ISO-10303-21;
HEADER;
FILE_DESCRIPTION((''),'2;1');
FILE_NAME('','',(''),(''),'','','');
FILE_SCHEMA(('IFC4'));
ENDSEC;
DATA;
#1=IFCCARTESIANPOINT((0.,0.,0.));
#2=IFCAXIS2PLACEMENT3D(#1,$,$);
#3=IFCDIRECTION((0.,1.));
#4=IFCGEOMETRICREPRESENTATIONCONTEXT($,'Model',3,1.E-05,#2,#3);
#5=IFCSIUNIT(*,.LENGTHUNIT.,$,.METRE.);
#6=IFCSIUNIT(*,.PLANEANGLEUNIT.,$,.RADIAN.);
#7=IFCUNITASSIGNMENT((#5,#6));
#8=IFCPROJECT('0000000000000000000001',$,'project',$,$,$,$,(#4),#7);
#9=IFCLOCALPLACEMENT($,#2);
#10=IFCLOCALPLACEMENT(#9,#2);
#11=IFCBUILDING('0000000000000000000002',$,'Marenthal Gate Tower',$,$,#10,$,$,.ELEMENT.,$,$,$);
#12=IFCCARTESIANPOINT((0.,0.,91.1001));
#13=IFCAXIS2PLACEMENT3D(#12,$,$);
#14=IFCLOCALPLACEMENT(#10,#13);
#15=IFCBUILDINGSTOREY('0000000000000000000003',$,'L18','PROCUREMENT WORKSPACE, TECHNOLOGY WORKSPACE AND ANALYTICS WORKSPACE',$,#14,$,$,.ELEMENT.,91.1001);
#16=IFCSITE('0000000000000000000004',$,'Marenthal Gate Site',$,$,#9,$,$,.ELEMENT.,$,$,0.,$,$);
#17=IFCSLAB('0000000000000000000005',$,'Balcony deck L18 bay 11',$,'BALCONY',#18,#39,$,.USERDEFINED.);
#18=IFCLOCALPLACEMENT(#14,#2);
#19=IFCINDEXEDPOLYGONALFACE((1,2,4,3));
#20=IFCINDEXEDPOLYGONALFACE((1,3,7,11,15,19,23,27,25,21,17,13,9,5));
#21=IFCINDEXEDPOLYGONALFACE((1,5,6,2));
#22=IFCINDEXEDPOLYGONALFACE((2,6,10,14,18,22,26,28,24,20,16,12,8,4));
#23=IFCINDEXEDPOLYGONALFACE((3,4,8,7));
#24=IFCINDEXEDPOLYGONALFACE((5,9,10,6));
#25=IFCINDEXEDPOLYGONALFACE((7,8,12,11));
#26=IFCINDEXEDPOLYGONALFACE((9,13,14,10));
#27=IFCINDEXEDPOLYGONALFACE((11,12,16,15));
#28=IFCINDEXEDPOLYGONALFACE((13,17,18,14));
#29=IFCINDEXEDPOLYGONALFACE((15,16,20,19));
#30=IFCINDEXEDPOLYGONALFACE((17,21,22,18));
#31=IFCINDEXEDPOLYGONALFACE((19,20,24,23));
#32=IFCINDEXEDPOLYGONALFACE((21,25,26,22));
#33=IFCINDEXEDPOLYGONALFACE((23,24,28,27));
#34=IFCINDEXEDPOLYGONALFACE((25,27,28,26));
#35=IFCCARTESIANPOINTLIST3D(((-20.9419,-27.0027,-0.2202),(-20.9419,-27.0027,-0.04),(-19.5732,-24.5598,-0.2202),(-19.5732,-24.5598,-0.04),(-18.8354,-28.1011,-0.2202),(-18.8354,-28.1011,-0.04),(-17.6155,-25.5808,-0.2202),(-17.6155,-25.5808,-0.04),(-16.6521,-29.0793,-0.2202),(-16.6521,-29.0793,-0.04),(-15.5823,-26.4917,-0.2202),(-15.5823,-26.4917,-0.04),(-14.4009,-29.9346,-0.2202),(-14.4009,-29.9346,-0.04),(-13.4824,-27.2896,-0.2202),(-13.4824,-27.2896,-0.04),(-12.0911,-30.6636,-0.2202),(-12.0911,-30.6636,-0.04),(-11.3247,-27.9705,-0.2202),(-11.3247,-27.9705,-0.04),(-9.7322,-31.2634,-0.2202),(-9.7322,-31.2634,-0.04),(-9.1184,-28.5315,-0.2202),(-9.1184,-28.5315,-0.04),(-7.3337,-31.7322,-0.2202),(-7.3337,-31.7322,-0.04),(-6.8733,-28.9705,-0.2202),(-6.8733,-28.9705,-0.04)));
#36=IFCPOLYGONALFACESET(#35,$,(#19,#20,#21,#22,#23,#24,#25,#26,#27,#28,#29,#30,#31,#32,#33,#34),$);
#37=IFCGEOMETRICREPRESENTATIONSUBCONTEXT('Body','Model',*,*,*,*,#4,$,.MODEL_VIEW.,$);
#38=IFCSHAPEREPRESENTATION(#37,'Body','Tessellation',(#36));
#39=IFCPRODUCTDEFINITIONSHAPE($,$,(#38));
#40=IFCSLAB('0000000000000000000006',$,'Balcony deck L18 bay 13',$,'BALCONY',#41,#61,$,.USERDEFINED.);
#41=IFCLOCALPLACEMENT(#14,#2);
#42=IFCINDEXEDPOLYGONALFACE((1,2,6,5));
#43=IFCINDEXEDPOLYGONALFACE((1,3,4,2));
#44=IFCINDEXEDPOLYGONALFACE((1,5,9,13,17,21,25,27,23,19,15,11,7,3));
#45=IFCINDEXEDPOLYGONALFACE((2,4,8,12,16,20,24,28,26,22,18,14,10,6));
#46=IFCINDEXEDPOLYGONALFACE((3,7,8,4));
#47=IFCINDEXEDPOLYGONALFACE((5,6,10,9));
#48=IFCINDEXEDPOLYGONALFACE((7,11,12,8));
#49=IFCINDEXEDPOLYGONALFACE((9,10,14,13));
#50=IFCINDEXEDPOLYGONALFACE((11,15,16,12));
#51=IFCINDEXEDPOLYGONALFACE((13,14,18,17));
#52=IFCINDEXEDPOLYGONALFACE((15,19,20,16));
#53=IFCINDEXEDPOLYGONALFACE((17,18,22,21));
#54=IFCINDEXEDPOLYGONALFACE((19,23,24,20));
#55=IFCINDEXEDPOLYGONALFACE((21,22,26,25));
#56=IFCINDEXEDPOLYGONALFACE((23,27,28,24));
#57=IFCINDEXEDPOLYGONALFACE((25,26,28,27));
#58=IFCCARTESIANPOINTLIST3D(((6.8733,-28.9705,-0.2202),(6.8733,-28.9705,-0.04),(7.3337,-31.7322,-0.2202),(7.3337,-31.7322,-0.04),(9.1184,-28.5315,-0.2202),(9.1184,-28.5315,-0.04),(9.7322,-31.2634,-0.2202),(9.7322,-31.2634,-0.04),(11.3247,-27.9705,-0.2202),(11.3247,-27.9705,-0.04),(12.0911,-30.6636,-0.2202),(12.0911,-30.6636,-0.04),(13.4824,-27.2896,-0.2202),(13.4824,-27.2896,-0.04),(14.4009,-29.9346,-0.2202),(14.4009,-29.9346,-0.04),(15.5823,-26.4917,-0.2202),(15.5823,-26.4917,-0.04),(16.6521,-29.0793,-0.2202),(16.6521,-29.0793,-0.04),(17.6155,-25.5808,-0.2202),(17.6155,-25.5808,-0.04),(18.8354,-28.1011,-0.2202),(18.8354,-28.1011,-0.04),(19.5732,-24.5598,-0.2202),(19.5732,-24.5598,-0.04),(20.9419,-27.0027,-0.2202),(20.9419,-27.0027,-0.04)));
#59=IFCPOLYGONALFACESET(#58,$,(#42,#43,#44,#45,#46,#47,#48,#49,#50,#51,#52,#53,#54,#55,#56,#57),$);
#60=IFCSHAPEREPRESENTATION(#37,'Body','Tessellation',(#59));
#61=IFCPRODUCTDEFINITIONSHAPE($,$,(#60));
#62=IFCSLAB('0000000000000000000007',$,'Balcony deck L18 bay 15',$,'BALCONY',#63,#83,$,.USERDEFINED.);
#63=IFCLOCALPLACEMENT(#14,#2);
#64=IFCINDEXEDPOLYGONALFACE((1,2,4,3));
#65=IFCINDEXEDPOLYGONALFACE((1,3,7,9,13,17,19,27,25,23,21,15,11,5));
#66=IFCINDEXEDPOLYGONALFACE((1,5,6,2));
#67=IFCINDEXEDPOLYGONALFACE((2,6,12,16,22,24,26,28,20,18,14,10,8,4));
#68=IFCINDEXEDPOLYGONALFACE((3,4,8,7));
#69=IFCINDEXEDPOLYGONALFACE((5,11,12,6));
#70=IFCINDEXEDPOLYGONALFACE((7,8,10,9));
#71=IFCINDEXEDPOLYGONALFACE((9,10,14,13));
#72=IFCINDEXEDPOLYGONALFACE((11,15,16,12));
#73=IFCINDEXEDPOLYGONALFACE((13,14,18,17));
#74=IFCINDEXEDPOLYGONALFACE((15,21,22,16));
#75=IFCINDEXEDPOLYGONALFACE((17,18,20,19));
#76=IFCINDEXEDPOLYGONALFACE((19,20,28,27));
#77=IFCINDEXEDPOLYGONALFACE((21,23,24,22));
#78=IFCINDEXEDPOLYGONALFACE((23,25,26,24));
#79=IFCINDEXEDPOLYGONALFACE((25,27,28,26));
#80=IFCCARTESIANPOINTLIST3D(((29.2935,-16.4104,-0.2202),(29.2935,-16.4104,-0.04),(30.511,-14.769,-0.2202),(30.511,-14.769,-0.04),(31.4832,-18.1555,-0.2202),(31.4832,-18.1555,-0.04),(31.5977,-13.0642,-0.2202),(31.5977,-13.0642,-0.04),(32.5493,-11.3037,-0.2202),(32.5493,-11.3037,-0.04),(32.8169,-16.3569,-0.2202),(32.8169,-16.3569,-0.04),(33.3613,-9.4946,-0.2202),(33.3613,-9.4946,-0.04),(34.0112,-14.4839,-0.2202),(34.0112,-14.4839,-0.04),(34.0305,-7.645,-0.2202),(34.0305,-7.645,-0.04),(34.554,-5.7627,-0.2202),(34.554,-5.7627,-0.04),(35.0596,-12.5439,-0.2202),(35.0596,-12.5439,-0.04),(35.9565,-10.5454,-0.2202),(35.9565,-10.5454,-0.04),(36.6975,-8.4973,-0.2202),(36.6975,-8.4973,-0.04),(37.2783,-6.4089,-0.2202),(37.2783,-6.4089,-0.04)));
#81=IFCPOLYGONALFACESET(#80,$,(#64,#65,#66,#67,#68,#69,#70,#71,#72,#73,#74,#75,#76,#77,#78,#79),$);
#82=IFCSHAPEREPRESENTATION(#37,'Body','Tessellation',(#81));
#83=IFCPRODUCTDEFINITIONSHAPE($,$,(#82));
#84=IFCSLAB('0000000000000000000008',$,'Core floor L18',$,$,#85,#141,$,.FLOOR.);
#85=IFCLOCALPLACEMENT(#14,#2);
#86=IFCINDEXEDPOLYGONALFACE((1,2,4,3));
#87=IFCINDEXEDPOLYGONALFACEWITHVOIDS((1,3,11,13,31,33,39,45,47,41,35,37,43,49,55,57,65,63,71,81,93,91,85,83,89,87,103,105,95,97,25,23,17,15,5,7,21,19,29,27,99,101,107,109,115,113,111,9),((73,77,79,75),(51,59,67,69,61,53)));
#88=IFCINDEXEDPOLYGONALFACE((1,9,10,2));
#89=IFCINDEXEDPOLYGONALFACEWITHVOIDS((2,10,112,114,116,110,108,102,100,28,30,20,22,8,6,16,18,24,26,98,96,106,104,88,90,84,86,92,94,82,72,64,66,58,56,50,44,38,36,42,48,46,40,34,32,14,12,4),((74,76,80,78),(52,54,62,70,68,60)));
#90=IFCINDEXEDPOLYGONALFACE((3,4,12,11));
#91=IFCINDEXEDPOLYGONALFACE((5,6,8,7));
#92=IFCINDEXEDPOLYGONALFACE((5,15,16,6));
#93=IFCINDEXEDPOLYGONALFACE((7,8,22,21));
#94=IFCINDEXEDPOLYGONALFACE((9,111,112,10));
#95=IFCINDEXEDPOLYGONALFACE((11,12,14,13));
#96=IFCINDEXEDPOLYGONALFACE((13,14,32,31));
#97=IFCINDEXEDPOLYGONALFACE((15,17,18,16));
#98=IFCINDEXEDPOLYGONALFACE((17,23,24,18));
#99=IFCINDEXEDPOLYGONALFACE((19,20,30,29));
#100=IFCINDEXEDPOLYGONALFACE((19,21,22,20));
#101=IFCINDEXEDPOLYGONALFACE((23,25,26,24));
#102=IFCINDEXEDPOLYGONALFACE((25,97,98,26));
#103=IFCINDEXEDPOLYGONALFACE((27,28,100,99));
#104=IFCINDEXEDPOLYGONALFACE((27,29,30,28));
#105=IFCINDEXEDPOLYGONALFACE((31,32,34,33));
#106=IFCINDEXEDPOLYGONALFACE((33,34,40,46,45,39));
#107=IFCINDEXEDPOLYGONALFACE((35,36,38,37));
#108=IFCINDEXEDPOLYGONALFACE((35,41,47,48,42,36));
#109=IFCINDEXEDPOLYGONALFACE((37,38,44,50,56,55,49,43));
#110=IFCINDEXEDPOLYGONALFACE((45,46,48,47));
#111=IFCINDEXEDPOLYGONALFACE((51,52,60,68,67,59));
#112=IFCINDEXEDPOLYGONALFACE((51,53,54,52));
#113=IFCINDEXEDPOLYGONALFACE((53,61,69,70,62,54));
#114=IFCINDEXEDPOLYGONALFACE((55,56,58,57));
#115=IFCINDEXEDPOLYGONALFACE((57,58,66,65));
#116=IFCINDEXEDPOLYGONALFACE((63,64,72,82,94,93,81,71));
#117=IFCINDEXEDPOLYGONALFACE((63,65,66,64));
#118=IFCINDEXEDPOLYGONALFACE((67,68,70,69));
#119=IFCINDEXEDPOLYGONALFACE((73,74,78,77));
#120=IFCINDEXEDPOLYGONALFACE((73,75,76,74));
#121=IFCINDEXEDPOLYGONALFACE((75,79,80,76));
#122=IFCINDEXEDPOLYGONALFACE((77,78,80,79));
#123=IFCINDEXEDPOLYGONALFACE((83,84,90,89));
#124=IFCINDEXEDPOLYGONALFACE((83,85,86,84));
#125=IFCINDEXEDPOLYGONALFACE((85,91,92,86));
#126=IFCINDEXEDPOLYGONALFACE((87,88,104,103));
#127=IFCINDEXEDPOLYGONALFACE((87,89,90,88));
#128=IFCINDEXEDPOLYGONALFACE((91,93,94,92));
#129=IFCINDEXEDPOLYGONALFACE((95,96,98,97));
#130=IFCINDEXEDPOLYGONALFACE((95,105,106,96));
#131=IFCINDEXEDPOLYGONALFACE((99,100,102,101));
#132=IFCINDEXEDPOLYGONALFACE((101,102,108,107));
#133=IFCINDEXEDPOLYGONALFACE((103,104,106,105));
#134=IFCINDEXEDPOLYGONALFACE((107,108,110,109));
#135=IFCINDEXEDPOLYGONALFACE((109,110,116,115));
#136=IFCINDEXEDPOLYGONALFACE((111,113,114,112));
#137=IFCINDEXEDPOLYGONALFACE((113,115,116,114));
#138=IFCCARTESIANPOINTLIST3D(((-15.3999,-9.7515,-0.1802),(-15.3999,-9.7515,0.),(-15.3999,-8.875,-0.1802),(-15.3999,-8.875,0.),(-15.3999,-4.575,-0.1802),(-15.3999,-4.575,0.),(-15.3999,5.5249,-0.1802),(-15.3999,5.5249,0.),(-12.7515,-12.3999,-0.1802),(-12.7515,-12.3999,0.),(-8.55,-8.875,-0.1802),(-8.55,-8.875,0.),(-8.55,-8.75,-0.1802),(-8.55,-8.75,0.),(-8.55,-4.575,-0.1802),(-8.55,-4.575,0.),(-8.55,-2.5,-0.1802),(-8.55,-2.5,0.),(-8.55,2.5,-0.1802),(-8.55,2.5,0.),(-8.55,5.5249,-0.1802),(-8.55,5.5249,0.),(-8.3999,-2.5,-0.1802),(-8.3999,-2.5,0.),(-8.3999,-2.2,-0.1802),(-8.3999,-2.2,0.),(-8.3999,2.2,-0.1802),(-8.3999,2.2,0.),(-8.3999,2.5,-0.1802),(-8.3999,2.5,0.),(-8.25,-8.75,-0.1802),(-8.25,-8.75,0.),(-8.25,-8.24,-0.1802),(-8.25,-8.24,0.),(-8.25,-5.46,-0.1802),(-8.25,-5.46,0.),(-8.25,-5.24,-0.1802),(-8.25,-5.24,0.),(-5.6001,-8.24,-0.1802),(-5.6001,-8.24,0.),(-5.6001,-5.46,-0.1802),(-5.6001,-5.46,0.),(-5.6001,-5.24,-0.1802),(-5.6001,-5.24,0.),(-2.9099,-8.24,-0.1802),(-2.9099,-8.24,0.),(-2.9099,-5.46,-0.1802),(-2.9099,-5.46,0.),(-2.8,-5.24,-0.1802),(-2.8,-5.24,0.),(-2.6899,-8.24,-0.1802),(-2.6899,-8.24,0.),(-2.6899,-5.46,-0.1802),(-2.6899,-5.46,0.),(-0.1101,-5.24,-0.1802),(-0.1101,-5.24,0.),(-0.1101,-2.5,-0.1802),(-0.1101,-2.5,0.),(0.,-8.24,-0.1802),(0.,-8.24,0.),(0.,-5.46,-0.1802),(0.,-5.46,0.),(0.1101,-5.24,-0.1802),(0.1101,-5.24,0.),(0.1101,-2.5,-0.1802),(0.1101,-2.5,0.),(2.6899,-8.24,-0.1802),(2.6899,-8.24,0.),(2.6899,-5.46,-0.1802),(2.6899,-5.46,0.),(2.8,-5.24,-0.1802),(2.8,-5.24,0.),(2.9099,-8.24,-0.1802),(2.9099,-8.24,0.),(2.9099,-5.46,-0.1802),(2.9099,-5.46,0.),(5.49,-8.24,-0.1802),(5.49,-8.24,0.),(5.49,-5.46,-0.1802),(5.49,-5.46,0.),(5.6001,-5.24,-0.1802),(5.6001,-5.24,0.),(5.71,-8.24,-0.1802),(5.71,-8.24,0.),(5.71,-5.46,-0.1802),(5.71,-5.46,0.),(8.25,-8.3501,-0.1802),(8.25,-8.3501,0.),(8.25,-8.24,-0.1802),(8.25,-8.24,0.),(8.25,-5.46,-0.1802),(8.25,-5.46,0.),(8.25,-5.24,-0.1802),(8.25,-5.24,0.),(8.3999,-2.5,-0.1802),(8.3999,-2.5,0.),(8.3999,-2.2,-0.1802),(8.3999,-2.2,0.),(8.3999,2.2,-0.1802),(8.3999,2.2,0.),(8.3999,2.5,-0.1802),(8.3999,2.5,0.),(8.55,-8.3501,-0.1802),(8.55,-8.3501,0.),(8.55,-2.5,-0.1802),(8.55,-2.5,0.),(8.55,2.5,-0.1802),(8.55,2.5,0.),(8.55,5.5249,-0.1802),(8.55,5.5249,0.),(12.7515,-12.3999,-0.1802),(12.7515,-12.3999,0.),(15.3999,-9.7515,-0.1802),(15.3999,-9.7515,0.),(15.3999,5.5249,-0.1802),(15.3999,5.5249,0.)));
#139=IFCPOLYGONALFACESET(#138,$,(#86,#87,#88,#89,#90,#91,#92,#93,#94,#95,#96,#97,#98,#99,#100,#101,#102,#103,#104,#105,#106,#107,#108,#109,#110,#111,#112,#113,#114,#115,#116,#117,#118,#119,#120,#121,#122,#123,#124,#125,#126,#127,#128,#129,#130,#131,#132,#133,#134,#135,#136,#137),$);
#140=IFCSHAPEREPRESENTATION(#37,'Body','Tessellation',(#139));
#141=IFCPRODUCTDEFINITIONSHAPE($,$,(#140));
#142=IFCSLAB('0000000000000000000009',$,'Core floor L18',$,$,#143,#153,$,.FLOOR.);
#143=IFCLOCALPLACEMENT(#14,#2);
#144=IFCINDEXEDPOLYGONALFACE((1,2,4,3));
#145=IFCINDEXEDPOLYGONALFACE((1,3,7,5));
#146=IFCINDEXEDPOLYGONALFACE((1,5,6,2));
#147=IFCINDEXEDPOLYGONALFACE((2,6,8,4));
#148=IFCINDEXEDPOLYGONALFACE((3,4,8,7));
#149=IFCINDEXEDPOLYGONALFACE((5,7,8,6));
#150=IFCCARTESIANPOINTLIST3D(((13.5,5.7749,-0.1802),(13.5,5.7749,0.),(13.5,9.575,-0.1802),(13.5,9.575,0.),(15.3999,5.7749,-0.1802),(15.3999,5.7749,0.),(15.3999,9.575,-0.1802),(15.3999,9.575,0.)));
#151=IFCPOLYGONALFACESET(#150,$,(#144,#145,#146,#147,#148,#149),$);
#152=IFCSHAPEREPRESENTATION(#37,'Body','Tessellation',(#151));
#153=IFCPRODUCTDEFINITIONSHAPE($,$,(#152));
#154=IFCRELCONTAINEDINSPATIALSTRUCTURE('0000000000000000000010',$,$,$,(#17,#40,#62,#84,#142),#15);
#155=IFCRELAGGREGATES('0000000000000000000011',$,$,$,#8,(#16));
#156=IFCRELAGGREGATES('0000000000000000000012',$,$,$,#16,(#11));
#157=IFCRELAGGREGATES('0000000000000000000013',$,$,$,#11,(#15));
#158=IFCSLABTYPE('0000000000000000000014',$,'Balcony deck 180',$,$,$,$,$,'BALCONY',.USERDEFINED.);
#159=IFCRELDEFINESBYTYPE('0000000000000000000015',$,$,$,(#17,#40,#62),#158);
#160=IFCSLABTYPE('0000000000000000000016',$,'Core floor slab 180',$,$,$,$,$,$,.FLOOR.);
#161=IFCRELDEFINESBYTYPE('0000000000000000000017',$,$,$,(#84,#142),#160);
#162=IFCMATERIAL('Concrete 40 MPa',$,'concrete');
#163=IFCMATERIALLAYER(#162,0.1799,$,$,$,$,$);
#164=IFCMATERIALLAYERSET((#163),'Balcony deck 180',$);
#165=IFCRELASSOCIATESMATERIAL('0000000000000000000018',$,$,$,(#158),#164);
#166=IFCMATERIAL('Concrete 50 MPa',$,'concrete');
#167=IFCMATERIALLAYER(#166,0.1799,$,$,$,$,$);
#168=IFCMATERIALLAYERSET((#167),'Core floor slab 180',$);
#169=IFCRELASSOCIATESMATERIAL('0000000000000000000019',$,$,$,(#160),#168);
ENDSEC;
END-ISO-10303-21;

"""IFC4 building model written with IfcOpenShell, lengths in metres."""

from ifc_helpers import new_model, si_unit, direction, frame, origin, place, context, subcontext, project, spatial, polyline, outline, extrude, material, layer, layer_set, type_object, element, save


model = new_model("IFC4")

# Units and contexts
model_context = context("Model", 3, precision=1e-05, world=origin(), true_north=direction((0.0, 1.0)))
body_context = subcontext(model_context, "Body", "Model", "MODEL_VIEW")
ifc_project = project(units=[si_unit("LENGTHUNIT", "METRE"), si_unit("PLANEANGLEUNIT", "RADIAN")], contexts=[model_context])

# Site, building, storey
site_placement = place(None, origin())
site = spatial("IfcSite", under=ifc_project, at=site_placement, Name="Marenthal Gate Site", CompositionType="ELEMENT", RefElevation=0.0)
building_placement = place(site_placement, origin())
building = spatial("IfcBuilding", under=site, at=building_placement, Name="Marenthal Gate Tower", CompositionType="ELEMENT")
storey_placement = place(building_placement, frame((0.0, 0.0, 91.1001)))
storey = spatial("IfcBuildingStorey", under=building, at=storey_placement, Name="L18", Description="PROCUREMENT WORKSPACE, TECHNOLOGY WORKSPACE AND ANALYTICS WORKSPACE", CompositionType="ELEMENT", Elevation=91.1001)

# Slabs
ifc_material_1 = material(Name="Concrete 40 MPa", Category="concrete")
ifc_layer_1 = layer(ifc_material_1, 0.1799)
ifc_layer_set_1 = layer_set([ifc_layer_1], Name="Balcony deck 180")
slab_type_1 = type_object("IfcSlabType", Name="Balcony deck 180", ElementType="BALCONY", PredefinedType="USERDEFINED", material=ifc_layer_set_1)
slab_1_placement = place(storey_placement, frame((0.0, 0.0, -0.2202)))
element("IfcSlab", 1, at=slab_1_placement, inside=storey, type_object=slab_type_1, Name="Balcony deck L18 bay 11", ObjectType="BALCONY", PredefinedType="USERDEFINED", context=body_context, shape_type="SweptSolid", body=[
    extrude(outline(polyline([(-19.5732, -24.5598), (-17.6155, -25.5808), (-15.5823, -26.4917), (-13.4824, -27.2896), (-11.3247, -27.9705), (-9.1184, -28.5315), (-6.8733, -28.9705), (-7.3337, -31.7322), (-9.7322, -31.2634), (-12.0911, -30.6636), (-14.4009, -29.9346), (-16.6521, -29.0793), (-18.8354, -28.1011), (-20.9419, -27.0027), (-19.5732, -24.5598)])), origin(), (0.0, 0.0, 1.0), 0.1802),
])
slab_2_placement = place(storey_placement, frame((0.0, 0.0, -0.2202)))
element("IfcSlab", 2, at=slab_2_placement, inside=storey, type_object=slab_type_1, Name="Balcony deck L18 bay 13", ObjectType="BALCONY", PredefinedType="USERDEFINED", context=body_context, shape_type="SweptSolid", body=[
    extrude(outline(polyline([(6.8733, -28.9705), (9.1184, -28.5315), (11.3247, -27.9705), (13.4824, -27.2896), (15.5823, -26.4917), (17.6155, -25.5808), (19.5732, -24.5598), (20.9419, -27.0027), (18.8354, -28.1011), (16.6521, -29.0793), (14.4009, -29.9346), (12.0911, -30.6636), (9.7322, -31.2634), (7.3337, -31.7322), (6.8733, -28.9705)])), origin(), (0.0, 0.0, 1.0), 0.1802),
])
slab_3_placement = place(storey_placement, frame((0.0, 0.0, -0.2202)))
element("IfcSlab", 3, at=slab_3_placement, inside=storey, type_object=slab_type_1, Name="Balcony deck L18 bay 15", ObjectType="BALCONY", PredefinedType="USERDEFINED", context=body_context, shape_type="SweptSolid", body=[
    extrude(outline(polyline([(29.2935, -16.4104), (30.511, -14.769), (31.5977, -13.0642), (32.5493, -11.3037), (33.3613, -9.4946), (34.0305, -7.645), (34.554, -5.7627), (37.2783, -6.4089), (36.6975, -8.4973), (35.9565, -10.5454), (35.0596, -12.5439), (34.0112, -14.4839), (32.8169, -16.3569), (31.4832, -18.1555), (29.2935, -16.4104)])), origin(), (0.0, 0.0, 1.0), 0.1802),
])
ifc_material_2 = material(Name="Concrete 50 MPa", Category="concrete")
ifc_layer_2 = layer(ifc_material_2, 0.1799)
ifc_layer_set_2 = layer_set([ifc_layer_2], Name="Core floor slab 180")
slab_type_2 = type_object("IfcSlabType", Name="Core floor slab 180", PredefinedType="FLOOR", material=ifc_layer_set_2)
slab_4_placement = place(storey_placement, frame((0.0, 0.0, -0.1802)))
element("IfcSlab", 4, at=slab_4_placement, inside=storey, type_object=slab_type_2, Name="Core floor L18", PredefinedType="FLOOR", context=body_context, shape_type="SweptSolid", body=[
    extrude(outline(polyline([(15.3999, -9.7515), (12.7515, -12.3999), (-12.7515, -12.3999), (-15.3999, -9.7515), (-15.3999, -8.875), (-8.55, -8.875), (-8.55, -8.75), (-8.25, -8.75), (-8.25, -8.24), (-5.6001, -8.24), (-2.9099, -8.24), (-2.9099, -5.46), (-5.6001, -5.46), (-8.25, -5.46), (-8.25, -5.24), (-5.6001, -5.24), (-2.8, -5.24), (-0.1101, -5.24), (-0.1101, -2.5), (0.1101, -2.5), (0.1101, -5.24), (2.8, -5.24), (5.6001, -5.24), (8.25, -5.24), (8.25, -5.46), (5.71, -5.46), (5.71, -8.24), (8.25, -8.24), (8.25, -8.3501), (8.55, -8.3501), (8.55, -2.5), (8.3999, -2.5), (8.3999, -2.2), (-8.3999, -2.2), (-8.3999, -2.5), (-8.55, -2.5), (-8.55, -4.575), (-15.3999, -4.575), (-15.3999, 5.5249), (-8.55, 5.5249), (-8.55, 2.5), (-8.3999, 2.5), (-8.3999, 2.2), (8.3999, 2.2), (8.3999, 2.5), (8.55, 2.5), (8.55, 5.5249), (15.3999, 5.5249), (15.3999, -9.7515)]), holes=[polyline([(2.6899, -5.46), (0.0, -5.46), (-2.6899, -5.46), (-2.6899, -8.24), (0.0, -8.24), (2.6899, -8.24), (2.6899, -5.46)]), polyline([(5.49, -5.46), (2.9099, -5.46), (2.9099, -8.24), (5.49, -8.24), (5.49, -5.46)])]), origin(), (0.0, 0.0, 1.0), 0.1802),
])
slab_5_placement = place(storey_placement, frame((0.0, 0.0, -0.1802)))
element("IfcSlab", 5, at=slab_5_placement, inside=storey, type_object=slab_type_2, Name="Core floor L18", PredefinedType="FLOOR", context=body_context, shape_type="SweptSolid", body=[
    extrude(outline(polyline([(15.3999, 5.7749), (13.5, 5.7749), (13.5, 9.575), (15.3999, 9.575), (15.3999, 5.7749)])), origin(), (0.0, 0.0, 1.0), 0.1802),
])

save(model, "model.ifc")
